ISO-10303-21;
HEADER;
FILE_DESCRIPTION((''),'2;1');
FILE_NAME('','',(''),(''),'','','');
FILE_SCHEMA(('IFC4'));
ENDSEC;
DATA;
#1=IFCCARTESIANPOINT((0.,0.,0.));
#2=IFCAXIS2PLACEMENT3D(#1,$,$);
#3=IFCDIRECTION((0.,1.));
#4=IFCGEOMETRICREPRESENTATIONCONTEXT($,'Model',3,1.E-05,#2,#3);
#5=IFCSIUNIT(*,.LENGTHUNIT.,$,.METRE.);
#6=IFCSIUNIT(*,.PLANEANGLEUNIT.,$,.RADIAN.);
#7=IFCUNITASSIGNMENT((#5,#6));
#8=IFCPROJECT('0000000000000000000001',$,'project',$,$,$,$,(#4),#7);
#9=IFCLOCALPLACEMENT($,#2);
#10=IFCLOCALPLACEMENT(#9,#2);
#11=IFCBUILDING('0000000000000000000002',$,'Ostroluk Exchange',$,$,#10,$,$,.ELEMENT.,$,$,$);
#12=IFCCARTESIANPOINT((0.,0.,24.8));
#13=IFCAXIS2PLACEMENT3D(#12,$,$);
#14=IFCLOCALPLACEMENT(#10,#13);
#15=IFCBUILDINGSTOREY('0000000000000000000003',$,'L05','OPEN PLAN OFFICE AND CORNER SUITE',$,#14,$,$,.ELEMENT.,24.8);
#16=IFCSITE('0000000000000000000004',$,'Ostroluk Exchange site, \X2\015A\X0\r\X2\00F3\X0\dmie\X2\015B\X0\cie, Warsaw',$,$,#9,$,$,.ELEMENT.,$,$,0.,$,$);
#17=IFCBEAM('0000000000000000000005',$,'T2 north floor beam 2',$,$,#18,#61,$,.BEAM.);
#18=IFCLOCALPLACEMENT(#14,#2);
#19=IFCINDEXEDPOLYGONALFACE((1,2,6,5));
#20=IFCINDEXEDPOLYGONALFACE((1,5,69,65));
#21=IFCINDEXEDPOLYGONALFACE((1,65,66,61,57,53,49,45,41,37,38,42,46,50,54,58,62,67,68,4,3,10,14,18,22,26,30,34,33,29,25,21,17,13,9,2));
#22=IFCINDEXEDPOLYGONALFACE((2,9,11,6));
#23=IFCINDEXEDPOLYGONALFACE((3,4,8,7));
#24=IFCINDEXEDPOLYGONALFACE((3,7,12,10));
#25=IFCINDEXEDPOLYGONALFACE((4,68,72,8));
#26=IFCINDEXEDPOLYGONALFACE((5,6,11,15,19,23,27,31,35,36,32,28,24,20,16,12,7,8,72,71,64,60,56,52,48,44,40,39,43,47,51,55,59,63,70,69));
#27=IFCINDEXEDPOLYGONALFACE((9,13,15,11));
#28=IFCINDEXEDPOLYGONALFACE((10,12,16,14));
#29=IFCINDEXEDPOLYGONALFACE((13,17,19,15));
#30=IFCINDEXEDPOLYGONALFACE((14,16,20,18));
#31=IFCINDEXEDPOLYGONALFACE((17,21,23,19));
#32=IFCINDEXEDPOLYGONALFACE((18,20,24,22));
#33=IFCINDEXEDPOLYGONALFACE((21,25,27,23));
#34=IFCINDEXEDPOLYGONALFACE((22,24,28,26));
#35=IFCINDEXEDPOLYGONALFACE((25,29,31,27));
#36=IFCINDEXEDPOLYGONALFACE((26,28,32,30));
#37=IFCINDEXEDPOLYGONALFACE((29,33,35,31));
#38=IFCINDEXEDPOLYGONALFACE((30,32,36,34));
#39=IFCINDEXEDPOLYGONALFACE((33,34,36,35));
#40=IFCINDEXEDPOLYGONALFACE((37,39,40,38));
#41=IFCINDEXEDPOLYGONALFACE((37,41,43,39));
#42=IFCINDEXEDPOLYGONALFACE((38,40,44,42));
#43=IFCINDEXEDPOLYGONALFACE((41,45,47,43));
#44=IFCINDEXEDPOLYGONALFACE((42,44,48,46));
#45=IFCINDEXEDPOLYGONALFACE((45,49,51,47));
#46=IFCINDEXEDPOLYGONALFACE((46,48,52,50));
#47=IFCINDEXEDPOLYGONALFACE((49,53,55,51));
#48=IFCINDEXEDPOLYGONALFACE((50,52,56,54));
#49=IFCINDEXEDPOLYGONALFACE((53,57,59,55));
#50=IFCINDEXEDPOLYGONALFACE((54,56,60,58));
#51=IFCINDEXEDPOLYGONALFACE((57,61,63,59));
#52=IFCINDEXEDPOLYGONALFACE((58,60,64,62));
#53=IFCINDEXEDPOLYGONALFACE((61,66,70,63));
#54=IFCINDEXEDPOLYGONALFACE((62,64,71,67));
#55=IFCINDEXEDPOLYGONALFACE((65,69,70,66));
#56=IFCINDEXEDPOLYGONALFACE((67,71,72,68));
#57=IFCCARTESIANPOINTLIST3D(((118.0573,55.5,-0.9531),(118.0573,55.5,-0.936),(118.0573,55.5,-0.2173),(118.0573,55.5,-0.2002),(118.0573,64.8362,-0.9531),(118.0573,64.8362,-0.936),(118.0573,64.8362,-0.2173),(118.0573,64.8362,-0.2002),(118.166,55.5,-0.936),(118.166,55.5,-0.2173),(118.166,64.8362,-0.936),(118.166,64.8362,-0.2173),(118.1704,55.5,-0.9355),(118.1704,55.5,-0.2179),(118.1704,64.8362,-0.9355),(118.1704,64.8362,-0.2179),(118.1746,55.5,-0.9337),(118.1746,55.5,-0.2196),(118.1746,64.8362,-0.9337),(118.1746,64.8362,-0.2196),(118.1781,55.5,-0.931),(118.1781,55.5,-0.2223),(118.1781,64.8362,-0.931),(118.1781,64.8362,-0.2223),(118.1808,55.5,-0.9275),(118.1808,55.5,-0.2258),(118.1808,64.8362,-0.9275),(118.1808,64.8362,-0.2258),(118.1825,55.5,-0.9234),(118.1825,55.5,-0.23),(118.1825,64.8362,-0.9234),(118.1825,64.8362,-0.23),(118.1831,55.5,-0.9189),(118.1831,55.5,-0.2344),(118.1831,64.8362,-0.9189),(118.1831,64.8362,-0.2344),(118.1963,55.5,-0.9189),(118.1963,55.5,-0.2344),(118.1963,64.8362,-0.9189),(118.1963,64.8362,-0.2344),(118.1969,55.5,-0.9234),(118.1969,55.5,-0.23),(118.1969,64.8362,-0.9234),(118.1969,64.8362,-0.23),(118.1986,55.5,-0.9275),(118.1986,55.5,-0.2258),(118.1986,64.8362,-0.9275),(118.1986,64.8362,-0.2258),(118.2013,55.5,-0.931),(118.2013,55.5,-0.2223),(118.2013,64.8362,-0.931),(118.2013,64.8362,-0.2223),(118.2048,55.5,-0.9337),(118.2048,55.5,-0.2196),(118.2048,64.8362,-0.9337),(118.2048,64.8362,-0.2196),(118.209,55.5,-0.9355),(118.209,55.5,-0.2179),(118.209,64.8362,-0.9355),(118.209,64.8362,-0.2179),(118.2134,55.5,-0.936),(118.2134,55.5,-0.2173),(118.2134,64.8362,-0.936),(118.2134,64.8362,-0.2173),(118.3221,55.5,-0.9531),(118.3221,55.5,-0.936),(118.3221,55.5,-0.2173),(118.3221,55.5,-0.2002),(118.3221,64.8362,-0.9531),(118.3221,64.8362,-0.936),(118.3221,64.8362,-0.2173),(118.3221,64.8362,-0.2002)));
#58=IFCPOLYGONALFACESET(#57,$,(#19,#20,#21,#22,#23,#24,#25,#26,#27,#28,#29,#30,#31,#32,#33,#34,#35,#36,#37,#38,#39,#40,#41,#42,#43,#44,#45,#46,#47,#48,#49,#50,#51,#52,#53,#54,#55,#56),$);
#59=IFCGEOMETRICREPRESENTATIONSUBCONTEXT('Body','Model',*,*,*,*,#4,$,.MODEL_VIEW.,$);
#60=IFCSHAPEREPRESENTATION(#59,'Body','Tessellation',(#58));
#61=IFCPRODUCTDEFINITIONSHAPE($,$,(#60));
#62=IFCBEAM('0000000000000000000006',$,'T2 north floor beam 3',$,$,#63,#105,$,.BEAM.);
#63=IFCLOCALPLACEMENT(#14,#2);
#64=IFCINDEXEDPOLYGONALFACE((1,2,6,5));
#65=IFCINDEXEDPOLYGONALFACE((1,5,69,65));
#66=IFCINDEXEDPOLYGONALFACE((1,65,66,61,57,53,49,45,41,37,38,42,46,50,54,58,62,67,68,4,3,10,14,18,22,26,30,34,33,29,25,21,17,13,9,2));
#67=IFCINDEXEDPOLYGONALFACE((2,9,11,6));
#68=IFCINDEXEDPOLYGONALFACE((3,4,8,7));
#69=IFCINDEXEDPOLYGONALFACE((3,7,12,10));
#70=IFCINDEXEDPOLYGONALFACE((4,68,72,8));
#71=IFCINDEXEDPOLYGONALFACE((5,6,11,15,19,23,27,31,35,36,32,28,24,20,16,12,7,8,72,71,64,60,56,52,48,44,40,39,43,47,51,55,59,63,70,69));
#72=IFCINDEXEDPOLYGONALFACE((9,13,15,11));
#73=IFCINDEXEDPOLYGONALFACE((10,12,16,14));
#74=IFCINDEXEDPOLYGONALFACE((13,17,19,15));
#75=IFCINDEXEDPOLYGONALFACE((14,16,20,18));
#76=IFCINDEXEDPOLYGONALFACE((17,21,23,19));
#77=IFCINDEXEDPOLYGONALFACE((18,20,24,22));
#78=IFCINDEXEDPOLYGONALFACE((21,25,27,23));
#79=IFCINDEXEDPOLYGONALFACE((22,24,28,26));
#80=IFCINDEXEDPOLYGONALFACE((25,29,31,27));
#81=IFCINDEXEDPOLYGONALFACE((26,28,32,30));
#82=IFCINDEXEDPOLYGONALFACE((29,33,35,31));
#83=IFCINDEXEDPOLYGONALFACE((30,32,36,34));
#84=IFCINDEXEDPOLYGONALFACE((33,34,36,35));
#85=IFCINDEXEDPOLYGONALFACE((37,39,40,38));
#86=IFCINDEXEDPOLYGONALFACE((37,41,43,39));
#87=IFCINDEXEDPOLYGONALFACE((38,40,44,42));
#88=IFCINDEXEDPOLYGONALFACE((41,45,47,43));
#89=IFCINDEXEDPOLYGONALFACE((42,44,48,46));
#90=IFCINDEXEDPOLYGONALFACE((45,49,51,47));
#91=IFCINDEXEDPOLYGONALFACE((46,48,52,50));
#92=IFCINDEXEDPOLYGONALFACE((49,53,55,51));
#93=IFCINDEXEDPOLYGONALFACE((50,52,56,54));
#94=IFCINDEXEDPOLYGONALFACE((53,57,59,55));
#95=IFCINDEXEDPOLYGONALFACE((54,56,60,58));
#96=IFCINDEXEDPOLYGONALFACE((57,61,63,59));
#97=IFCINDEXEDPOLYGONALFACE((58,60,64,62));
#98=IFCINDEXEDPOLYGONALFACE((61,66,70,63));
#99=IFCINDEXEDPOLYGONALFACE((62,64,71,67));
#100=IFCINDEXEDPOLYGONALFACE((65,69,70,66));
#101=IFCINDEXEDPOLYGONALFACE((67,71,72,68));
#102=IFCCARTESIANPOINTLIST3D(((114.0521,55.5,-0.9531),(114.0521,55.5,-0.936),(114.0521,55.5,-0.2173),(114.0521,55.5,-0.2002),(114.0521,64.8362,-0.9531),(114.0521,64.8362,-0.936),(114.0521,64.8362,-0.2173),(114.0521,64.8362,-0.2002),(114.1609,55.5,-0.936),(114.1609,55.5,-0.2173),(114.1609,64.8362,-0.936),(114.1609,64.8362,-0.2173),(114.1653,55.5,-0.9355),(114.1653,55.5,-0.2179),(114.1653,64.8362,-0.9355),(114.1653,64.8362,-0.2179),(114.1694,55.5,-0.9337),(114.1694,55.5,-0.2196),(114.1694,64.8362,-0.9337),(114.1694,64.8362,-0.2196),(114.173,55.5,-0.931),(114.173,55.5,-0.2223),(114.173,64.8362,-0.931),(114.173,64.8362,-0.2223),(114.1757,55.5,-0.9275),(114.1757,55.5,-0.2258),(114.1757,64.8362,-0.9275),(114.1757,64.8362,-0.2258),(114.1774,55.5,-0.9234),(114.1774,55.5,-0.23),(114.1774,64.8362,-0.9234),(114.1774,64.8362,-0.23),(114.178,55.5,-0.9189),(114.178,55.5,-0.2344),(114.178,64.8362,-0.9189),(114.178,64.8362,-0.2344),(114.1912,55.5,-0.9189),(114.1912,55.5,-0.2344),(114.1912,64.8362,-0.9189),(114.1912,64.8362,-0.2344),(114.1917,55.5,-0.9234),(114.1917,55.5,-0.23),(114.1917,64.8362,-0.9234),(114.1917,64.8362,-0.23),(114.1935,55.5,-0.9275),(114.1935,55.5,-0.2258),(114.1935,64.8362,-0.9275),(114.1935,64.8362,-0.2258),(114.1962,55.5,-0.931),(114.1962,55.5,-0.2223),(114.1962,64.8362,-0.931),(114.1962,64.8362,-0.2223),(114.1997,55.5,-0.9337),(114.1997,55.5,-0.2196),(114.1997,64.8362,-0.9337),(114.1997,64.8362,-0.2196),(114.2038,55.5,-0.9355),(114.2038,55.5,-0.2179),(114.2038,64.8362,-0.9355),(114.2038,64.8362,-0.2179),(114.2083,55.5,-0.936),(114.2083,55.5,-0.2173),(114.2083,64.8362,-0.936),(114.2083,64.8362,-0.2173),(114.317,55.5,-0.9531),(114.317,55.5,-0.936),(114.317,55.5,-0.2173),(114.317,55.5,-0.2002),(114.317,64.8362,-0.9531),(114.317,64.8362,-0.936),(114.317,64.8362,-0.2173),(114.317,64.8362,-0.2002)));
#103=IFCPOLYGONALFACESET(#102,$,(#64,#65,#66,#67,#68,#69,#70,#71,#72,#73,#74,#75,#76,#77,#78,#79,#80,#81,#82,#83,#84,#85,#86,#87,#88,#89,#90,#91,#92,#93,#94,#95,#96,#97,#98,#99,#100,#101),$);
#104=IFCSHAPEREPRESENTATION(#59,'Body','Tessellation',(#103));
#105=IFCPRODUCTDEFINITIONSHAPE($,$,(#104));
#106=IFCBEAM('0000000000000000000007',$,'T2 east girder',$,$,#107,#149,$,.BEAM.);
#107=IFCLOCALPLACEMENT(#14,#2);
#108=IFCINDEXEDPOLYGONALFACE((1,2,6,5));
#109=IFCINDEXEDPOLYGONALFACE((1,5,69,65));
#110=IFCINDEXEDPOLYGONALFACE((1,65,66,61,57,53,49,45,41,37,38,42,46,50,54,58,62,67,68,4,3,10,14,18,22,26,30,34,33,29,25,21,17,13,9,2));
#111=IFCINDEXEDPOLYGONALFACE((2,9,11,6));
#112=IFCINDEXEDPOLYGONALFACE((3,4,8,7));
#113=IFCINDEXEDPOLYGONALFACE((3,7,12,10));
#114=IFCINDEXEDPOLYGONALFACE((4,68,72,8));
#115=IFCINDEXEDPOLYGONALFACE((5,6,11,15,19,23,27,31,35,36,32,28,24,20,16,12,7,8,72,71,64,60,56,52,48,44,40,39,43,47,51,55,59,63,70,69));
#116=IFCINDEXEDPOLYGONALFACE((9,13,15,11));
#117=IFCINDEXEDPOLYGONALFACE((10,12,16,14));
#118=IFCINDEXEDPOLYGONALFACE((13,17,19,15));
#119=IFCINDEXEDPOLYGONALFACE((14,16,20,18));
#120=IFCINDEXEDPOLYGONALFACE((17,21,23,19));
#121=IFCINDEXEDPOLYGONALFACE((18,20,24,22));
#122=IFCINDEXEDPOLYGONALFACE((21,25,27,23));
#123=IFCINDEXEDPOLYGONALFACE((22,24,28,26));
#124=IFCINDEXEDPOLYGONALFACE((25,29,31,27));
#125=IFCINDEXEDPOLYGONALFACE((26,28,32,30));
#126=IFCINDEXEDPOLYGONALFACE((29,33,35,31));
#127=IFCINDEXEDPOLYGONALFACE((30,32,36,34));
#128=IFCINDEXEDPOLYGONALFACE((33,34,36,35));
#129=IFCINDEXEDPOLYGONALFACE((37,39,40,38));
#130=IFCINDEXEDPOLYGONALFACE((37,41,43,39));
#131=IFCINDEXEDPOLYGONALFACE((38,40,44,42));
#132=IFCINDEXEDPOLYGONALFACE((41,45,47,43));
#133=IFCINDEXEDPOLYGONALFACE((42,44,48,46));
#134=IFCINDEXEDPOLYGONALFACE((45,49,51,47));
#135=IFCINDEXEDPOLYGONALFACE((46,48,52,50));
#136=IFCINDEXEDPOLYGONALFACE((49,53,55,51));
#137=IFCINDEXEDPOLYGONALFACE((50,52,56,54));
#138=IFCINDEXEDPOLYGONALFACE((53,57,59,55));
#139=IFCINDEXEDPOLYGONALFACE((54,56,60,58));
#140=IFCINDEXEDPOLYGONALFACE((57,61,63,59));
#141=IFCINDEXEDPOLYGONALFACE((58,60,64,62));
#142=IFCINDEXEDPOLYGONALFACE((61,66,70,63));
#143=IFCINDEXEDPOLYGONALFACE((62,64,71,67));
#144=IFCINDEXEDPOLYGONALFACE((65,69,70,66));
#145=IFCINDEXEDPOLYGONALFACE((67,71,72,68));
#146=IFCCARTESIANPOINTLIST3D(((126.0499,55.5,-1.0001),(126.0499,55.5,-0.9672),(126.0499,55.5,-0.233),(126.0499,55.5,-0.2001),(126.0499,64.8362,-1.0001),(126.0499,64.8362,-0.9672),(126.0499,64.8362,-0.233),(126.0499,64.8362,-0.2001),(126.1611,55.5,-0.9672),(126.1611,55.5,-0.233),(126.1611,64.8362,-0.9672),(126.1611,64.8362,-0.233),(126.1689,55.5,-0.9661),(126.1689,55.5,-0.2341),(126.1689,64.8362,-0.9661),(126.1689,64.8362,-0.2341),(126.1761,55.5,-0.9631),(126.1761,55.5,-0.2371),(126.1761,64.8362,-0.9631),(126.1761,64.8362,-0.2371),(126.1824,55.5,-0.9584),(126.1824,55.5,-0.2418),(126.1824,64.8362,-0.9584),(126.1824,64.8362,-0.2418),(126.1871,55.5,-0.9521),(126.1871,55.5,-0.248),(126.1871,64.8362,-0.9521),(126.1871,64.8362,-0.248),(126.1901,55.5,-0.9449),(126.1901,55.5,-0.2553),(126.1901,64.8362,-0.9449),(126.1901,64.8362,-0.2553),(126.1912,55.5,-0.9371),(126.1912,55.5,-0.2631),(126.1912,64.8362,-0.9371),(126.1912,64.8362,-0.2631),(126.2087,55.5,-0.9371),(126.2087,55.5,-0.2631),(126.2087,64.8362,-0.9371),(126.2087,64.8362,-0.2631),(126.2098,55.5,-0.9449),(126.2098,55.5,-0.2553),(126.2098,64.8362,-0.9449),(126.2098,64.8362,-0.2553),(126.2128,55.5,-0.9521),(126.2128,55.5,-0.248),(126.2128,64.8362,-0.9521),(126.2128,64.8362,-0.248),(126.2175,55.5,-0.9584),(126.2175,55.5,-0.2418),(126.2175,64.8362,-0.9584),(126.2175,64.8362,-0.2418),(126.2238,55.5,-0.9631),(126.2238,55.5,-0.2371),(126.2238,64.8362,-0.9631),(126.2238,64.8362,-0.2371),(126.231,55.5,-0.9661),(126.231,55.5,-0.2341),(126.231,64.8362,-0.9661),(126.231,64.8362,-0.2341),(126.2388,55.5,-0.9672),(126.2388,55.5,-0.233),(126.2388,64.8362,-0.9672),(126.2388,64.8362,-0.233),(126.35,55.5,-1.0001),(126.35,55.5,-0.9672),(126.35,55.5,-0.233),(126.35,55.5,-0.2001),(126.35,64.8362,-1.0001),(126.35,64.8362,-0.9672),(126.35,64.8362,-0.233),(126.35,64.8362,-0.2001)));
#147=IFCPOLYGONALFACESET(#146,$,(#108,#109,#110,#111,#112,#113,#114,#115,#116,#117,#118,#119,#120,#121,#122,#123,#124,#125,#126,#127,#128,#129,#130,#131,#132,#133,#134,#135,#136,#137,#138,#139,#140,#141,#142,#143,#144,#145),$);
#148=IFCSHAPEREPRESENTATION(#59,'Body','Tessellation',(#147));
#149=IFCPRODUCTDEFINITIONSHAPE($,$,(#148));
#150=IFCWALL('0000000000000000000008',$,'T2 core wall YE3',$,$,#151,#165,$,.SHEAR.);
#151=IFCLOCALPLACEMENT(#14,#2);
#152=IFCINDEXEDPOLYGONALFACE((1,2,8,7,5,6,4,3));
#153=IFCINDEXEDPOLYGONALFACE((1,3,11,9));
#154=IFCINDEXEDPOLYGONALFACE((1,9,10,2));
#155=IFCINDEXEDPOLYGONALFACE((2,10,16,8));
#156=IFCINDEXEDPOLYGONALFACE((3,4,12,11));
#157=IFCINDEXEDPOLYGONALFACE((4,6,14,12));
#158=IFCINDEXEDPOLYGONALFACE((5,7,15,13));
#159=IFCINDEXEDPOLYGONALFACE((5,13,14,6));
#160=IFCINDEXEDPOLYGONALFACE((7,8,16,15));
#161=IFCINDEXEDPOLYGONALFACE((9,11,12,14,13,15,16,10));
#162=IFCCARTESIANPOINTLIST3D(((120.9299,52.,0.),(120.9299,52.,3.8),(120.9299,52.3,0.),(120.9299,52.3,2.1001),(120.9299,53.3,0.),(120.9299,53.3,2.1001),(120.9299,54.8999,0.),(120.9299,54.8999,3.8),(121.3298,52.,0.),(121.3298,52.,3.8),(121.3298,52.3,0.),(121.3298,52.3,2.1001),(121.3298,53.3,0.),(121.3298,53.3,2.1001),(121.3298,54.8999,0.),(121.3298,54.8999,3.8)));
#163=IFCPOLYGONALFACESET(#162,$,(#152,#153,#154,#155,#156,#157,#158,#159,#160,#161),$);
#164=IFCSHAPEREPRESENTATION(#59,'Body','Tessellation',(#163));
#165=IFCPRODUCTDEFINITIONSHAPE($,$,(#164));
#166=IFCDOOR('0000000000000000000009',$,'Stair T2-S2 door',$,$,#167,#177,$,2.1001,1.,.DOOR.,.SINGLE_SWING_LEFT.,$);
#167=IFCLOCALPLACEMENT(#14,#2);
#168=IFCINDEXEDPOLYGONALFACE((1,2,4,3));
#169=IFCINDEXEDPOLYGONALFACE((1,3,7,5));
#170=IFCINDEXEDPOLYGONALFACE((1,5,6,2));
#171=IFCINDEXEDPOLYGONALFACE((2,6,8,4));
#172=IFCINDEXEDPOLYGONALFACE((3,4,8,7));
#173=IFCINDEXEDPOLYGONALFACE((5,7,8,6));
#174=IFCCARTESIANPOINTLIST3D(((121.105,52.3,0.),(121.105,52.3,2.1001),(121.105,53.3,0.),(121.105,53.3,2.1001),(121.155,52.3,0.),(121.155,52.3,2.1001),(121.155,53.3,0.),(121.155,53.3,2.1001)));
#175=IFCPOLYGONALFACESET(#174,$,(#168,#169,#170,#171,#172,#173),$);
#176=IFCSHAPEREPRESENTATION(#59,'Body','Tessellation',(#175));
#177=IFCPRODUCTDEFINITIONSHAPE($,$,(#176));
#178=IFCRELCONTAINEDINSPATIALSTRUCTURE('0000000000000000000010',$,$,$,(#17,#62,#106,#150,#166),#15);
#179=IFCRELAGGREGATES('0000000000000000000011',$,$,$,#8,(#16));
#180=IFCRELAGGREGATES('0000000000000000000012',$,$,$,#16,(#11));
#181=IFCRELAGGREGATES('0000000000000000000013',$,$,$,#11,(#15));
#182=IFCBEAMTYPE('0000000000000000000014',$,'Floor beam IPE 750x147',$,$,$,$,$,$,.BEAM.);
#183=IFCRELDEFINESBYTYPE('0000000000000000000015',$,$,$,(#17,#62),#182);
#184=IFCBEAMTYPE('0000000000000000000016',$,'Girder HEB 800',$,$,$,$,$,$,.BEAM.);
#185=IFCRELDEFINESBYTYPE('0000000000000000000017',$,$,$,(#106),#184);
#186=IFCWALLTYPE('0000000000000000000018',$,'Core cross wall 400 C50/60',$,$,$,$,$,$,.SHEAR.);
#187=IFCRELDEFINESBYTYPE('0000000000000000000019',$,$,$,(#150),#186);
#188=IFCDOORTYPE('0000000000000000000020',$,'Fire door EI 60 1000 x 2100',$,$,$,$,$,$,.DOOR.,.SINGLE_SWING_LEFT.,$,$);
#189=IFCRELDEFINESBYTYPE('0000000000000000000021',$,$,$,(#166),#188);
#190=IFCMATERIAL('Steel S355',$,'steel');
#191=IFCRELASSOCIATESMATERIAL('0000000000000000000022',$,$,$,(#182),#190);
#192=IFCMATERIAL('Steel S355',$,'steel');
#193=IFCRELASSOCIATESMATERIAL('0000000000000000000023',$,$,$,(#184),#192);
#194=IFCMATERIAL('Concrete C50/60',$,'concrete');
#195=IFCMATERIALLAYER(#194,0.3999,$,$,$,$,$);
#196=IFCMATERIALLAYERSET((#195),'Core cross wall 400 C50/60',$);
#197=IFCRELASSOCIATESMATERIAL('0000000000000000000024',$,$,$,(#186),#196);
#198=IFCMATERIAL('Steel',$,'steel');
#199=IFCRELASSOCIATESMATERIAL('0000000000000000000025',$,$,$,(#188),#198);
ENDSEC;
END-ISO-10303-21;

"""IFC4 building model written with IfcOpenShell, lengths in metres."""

from ifc_helpers import new_model, si_unit, direction, frame, frame_2d, origin, origin_2d, place, context, subcontext, project, spatial, rectangle, i_section, extrude, material, layer, layer_set, material_profile, profile_set, type_object, element, fill, save


model = new_model("IFC4")

# Units and contexts
model_context = context("Model", 3, precision=1e-05, world=origin(), true_north=direction((0.0, 1.0)))
body_context = subcontext(model_context, "Body", "Model", "MODEL_VIEW")
ifc_project = project(units=[si_unit("LENGTHUNIT", "METRE"), si_unit("PLANEANGLEUNIT", "RADIAN")], contexts=[model_context])

# Site, building, storey
site_placement = place(None, origin())
site = spatial("IfcSite", under=ifc_project, at=site_placement, Name="Ostroluk Exchange site, Śródmieście, Warsaw", CompositionType="ELEMENT", RefElevation=0.0)
building_placement = place(site_placement, origin())
building = spatial("IfcBuilding", under=site, at=building_placement, Name="Ostroluk Exchange", CompositionType="ELEMENT")
storey_placement = place(building_placement, frame((0.0, 0.0, 24.8)))
storey = spatial("IfcBuildingStorey", under=building, at=storey_placement, Name="L05", Description="OPEN PLAN OFFICE AND CORNER SUITE", CompositionType="ELEMENT", Elevation=24.8)

# Beams
ifc_material_1 = material(Name="Steel S355", Category="steel")
ifc_material_profile_1 = material_profile(ifc_material_1, i_section(OverallWidth=0.2649, OverallDepth=0.7529, WebThickness=0.0132, FlangeThickness=0.0171, FilletRadius=0.0171, at=origin_2d()), Name="IPE 750x147")
ifc_profile_set_1 = profile_set([ifc_material_profile_1], Name="Steel S355")
beam_type_1 = type_object("IfcBeamType", Name="Floor beam IPE 750x147", PredefinedType="BEAM", material=ifc_profile_set_1)
for number, where, z_axis, x_axis, name in (
    (1, (118.1897, 55.5, -0.5767), (0.0, 1.0, 0.0), (-1.0, 0.0, 0.0), "T2 north floor beam 2"),
    (2, (114.1846, 55.5, -0.5767), (0.0, 1.0, 0.0), (-1.0, 0.0, 0.0), "T2 north floor beam 3"),
):
    element("IfcBeam", number, at=place(storey_placement, frame(where, z_axis=z_axis, x_axis=x_axis)), inside=storey, type_object=beam_type_1, Name=name, PredefinedType="BEAM", context=body_context, shape_type="SweptSolid", body=[
        extrude(i_section(OverallWidth=0.2649, OverallDepth=0.7529, WebThickness=0.0132, FlangeThickness=0.0171, FilletRadius=0.0171, at=origin_2d()), origin(), (0.0, 0.0, 1.0), 9.3362),
    ])
ifc_material_2 = material(Name="Steel S355", Category="steel")
ifc_material_profile_2 = material_profile(ifc_material_2, i_section(OverallWidth=0.3, OverallDepth=0.8, WebThickness=0.0176, FlangeThickness=0.033, FilletRadius=0.03, at=origin_2d()), Name="HEB 800")
ifc_profile_set_2 = profile_set([ifc_material_profile_2], Name="Steel S355")
beam_type_2 = type_object("IfcBeamType", Name="Girder HEB 800", PredefinedType="BEAM", material=ifc_profile_set_2)
beam_1_placement = place(storey_placement, frame((126.2, 55.5, -0.6001), z_axis=(0.0, 1.0, 0.0), x_axis=(-1.0, 0.0, 0.0)))
element("IfcBeam", 3, at=beam_1_placement, inside=storey, type_object=beam_type_2, Name="T2 east girder", PredefinedType="BEAM", context=body_context, shape_type="SweptSolid", body=[
    extrude(i_section(OverallWidth=0.3, OverallDepth=0.8, WebThickness=0.0176, FlangeThickness=0.033, FilletRadius=0.03, at=origin_2d()), origin(), (0.0, 0.0, 1.0), 9.3362),
])

# Wall, opening, door
ifc_material_3 = material(Name="Concrete C50/60", Category="concrete")
ifc_layer_1 = layer(ifc_material_3, 0.3999)
ifc_layer_set_1 = layer_set([ifc_layer_1], Name="Core cross wall 400 C50/60")
wall_type_1 = type_object("IfcWallType", Name="Core cross wall 400 C50/60", PredefinedType="SHEAR", material=ifc_layer_set_1)
wall_1_placement = place(storey_placement, frame((121.1299, 52.0, 0.0), z_axis=(0.0, 0.0, 1.0), x_axis=(0.0, 1.0, 0.0)))
wall_1 = element("IfcWall", 4, at=wall_1_placement, inside=storey, type_object=wall_type_1, Name="T2 core wall YE3", PredefinedType="SHEAR", context=body_context, shape_type="SweptSolid", body=[
    extrude(rectangle(XDim=2.8999, YDim=0.3999, at=frame_2d((1.45, 0.0))), origin(), (0.0, 0.0, 1.0), 3.8),
])
opening_1_placement = place(wall_1_placement, frame((0.3, 0.0, 0.0)))
opening_1 = element("IfcOpeningElement", 5, at=opening_1_placement, cuts=wall_1, PredefinedType="OPENING", context=body_context, shape_type="SweptSolid", body=[
    extrude(rectangle(XDim=1.0, YDim=2.1001, at=frame_2d((0.5, 1.05))), frame((0.0, 0.21, 0.0), z_axis=(0.0, -1.0, 0.0), x_axis=(1.0, 0.0, 0.0)), (0.0, 0.0, 1.0), 0.4199),
])
ifc_material_4 = material(Name="Steel", Category="steel")
door_type_1 = type_object("IfcDoorType", Name="Fire door EI 60 1000 x 2100", OperationType="SINGLE_SWING_LEFT", PredefinedType="DOOR", material=ifc_material_4)
door_1_placement = place(opening_1_placement, origin())
door_1 = element("IfcDoor", 6, at=door_1_placement, inside=storey, type_object=door_type_1, Name="Stair T2-S2 door", OperationType="SINGLE_SWING_LEFT", OverallHeight=2.1001, OverallWidth=1.0, PredefinedType="DOOR", context=body_context, shape_type="SweptSolid", body=[
    extrude(rectangle(XDim=1.0, YDim=2.1001, at=frame_2d((0.5, 1.05))), frame((0.0, 0.0249, 0.0), z_axis=(0.0, -1.0, 0.0), x_axis=(1.0, 0.0, 0.0)), (0.0, 0.0, 1.0), 0.05),
])
fill(opening_1, door_1)

save(model, "model.ifc")
